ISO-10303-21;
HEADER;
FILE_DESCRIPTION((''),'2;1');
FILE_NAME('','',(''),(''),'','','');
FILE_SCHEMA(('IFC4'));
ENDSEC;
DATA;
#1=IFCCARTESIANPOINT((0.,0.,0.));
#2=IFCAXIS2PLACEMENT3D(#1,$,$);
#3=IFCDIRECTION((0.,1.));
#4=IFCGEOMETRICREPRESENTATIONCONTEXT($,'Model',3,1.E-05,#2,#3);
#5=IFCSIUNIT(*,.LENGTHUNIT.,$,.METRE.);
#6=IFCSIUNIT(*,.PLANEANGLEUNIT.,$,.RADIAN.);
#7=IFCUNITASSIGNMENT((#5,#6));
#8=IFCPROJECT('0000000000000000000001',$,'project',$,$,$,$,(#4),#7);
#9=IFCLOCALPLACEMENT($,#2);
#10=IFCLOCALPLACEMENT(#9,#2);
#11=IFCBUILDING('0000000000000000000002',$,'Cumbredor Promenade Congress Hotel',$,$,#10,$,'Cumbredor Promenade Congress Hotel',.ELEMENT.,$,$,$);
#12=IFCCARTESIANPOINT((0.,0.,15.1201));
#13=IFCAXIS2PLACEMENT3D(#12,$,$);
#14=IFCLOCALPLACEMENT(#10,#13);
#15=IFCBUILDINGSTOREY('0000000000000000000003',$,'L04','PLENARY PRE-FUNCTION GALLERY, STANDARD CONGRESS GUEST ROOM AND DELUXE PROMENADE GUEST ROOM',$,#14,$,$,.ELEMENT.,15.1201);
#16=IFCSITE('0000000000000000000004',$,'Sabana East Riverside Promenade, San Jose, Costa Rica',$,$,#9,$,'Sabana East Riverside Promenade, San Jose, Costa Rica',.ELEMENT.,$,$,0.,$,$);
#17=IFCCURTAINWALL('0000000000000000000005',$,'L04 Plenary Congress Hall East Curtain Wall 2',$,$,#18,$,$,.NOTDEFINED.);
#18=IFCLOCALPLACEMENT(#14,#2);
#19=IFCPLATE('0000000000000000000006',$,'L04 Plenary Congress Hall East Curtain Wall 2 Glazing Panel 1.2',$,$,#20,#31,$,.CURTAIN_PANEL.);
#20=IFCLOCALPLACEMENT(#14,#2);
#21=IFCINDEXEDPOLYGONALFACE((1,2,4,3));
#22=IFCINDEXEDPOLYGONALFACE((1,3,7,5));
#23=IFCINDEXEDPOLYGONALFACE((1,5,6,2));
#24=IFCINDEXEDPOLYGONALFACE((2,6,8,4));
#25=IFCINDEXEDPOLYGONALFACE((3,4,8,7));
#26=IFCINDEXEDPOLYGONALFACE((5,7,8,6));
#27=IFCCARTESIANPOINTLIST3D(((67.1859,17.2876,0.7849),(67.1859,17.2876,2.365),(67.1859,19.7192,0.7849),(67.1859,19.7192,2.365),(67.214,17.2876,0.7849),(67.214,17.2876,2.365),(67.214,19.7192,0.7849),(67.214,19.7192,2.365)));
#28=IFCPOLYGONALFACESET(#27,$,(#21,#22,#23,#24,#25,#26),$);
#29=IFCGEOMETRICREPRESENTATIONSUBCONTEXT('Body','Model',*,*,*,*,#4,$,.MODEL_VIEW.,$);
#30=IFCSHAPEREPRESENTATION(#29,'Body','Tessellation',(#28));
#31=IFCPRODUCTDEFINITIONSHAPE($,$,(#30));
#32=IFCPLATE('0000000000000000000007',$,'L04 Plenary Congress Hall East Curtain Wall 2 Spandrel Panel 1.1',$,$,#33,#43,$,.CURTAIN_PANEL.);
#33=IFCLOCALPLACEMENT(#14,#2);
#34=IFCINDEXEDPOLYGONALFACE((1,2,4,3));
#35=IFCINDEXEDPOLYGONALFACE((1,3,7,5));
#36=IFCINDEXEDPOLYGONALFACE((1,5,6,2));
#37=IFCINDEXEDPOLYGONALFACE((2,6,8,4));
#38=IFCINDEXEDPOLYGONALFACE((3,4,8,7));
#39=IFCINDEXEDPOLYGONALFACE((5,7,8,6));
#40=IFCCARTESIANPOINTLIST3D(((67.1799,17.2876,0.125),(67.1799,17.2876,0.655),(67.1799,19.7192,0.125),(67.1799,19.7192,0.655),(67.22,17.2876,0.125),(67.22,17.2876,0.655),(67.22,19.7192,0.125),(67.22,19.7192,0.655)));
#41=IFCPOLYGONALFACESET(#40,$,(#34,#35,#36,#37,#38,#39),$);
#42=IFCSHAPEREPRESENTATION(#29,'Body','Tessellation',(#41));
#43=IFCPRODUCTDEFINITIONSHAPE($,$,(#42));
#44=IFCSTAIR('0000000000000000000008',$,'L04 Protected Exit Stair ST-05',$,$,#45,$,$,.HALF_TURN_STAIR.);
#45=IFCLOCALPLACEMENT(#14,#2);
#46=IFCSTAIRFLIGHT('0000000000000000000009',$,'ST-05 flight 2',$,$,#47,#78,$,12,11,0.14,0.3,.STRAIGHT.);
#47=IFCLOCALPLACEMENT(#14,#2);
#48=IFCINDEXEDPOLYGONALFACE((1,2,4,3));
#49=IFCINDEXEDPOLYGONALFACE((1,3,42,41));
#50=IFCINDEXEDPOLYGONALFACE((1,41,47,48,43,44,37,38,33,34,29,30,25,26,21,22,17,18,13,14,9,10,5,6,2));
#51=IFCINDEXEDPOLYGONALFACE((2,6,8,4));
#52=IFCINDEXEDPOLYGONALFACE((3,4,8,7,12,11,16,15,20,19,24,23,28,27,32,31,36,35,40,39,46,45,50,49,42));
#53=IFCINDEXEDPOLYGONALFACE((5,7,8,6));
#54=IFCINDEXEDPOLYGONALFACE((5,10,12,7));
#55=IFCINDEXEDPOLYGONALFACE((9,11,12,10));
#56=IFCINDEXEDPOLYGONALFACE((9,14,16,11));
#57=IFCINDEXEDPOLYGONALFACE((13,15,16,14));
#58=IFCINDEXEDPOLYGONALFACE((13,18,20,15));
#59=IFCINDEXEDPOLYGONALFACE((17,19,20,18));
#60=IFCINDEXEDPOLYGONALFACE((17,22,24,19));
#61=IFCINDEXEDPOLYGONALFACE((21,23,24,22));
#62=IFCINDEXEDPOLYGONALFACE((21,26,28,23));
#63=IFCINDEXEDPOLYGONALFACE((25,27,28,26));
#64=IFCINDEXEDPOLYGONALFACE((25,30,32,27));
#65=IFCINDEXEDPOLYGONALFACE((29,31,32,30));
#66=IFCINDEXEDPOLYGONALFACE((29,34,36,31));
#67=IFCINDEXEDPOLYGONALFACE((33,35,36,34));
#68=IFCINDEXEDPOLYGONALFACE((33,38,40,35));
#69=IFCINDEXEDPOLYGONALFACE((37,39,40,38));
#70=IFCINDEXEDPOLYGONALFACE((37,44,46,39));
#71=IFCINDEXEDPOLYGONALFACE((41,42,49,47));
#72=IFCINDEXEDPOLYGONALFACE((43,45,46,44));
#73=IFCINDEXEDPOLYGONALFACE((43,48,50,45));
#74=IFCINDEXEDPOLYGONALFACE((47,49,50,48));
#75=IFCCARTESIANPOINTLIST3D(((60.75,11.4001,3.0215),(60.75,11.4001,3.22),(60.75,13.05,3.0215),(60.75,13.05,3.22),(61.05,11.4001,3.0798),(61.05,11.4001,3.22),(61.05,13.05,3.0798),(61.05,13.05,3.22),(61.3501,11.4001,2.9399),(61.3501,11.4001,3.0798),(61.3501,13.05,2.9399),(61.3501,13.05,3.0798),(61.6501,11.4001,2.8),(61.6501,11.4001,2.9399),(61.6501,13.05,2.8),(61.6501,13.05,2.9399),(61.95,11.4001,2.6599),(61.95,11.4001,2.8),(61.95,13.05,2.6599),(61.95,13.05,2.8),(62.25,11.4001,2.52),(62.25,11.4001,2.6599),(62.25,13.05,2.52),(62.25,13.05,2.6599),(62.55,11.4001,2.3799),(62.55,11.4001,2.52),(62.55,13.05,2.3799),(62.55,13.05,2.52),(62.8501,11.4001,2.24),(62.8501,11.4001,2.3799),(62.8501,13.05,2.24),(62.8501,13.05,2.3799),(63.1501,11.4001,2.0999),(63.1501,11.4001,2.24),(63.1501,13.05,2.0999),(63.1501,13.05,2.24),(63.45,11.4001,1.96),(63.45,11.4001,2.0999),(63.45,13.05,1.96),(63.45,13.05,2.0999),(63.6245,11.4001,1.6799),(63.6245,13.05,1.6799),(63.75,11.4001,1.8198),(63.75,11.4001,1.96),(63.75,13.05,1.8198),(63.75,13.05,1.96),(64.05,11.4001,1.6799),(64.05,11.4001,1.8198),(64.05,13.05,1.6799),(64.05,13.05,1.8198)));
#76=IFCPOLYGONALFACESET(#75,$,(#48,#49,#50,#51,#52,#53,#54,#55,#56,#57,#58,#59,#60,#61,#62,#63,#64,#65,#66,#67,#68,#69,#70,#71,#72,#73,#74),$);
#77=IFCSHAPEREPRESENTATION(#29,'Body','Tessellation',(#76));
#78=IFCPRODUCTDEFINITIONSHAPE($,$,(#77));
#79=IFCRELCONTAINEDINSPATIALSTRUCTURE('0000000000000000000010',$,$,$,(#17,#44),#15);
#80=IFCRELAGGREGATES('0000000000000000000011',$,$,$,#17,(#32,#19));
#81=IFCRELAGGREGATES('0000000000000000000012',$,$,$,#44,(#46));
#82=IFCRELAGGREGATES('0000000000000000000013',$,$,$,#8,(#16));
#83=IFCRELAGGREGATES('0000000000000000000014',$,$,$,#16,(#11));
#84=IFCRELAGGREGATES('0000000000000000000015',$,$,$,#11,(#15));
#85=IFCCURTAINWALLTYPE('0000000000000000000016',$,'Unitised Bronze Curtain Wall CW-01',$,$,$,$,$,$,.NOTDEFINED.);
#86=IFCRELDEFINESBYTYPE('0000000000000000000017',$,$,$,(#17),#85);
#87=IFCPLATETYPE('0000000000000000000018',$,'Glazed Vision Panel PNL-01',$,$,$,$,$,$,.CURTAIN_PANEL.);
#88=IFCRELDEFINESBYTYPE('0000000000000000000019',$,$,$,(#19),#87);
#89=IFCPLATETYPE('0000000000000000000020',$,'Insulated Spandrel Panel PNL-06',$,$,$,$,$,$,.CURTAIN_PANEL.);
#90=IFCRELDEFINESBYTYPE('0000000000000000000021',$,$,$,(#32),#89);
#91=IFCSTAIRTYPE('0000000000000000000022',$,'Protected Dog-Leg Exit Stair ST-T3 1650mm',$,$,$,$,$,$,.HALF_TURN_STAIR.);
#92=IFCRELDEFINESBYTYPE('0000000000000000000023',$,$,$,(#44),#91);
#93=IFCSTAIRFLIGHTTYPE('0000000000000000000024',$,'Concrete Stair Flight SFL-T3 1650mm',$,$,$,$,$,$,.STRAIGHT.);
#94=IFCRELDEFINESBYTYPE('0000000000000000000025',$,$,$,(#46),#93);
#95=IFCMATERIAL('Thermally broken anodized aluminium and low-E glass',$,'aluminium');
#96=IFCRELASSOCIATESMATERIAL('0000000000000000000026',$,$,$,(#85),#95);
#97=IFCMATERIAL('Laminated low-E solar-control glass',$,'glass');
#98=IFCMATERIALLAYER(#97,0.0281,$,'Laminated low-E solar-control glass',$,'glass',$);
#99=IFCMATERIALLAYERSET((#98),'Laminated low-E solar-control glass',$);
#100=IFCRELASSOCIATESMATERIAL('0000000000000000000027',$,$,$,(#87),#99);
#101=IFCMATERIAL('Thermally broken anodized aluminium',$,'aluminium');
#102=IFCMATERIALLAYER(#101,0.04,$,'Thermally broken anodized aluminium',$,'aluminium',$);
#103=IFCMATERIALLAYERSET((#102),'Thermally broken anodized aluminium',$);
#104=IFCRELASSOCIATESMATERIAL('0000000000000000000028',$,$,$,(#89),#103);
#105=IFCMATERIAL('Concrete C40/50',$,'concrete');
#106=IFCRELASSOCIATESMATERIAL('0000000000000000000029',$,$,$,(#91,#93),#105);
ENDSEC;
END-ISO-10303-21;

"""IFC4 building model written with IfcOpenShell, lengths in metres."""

from ifc_helpers import new_model, si_unit, direction, frame, origin, origin_2d, place, context, subcontext, project, spatial, polyline, rectangle, outline, extrude, material, layer, layer_set, type_object, element, aggregate, save


model = new_model("IFC4")

# Units and contexts
model_context = context("Model", 3, precision=1e-05, world=origin(), true_north=direction((0.0, 1.0)))
body_context = subcontext(model_context, "Body", "Model", "MODEL_VIEW")
ifc_project = project(units=[si_unit("LENGTHUNIT", "METRE"), si_unit("PLANEANGLEUNIT", "RADIAN")], contexts=[model_context])

# Site, building, storey
site_placement = place(None, origin())
site = spatial("IfcSite", under=ifc_project, at=site_placement, Name="Sabana East Riverside Promenade, San Jose, Costa Rica", LongName="Sabana East Riverside Promenade, San Jose, Costa Rica", CompositionType="ELEMENT", RefElevation=0.0)
building_placement = place(site_placement, origin())
building = spatial("IfcBuilding", under=site, at=building_placement, Name="Cumbredor Promenade Congress Hotel", LongName="Cumbredor Promenade Congress Hotel", CompositionType="ELEMENT")
storey_placement = place(building_placement, frame((0.0, 0.0, 15.1201)))
storey = spatial("IfcBuildingStorey", under=building, at=storey_placement, Name="L04", Description="PLENARY PRE-FUNCTION GALLERY, STANDARD CONGRESS GUEST ROOM AND DELUXE PROMENADE GUEST ROOM", CompositionType="ELEMENT", Elevation=15.1201)

# Curtain wall
ifc_material_1 = material(Name="Thermally broken anodized aluminium and low-E glass", Category="aluminium")
curtain_wall_type_1 = type_object("IfcCurtainWallType", Name="Unitised Bronze Curtain Wall CW-01", PredefinedType="NOTDEFINED", material=ifc_material_1)
curtain_wall_1_placement = place(storey_placement, origin())
curtain_wall_1 = element("IfcCurtainWall", 1, at=curtain_wall_1_placement, inside=storey, type_object=curtain_wall_type_1, Name="L04 Plenary Congress Hall East Curtain Wall 2", PredefinedType="NOTDEFINED")
ifc_material_2 = material(Name="Thermally broken anodized aluminium", Category="aluminium")

# Plates
ifc_material_3 = material(Name="Laminated low-E solar-control glass", Category="glass")
ifc_layer_1 = layer(ifc_material_3, 0.0281, Name="Laminated low-E solar-control glass", Category="glass")
ifc_layer_set_1 = layer_set([ifc_layer_1], Name="Laminated low-E solar-control glass")
plate_type_1 = type_object("IfcPlateType", Name="Glazed Vision Panel PNL-01", PredefinedType="CURTAIN_PANEL", material=ifc_layer_set_1)
plate_1_placement = place(storey_placement, frame((67.2, 18.5034, 0.7849), z_axis=(0.0, 0.0, 1.0), x_axis=(0.0, 1.0, 0.0)))
plate_1 = element("IfcPlate", 2, at=plate_1_placement, type_object=plate_type_1, Name="L04 Plenary Congress Hall East Curtain Wall 2 Glazing Panel 1.2", PredefinedType="CURTAIN_PANEL", context=body_context, shape_type="SweptSolid", body=[
    extrude(rectangle(XDim=2.4316, YDim=0.0281, at=origin_2d()), origin(), (0.0, 0.0, 1.0), 1.5801),
])
ifc_layer_2 = layer(ifc_material_2, 0.04, Name="Thermally broken anodized aluminium", Category="aluminium")
ifc_layer_set_2 = layer_set([ifc_layer_2], Name="Thermally broken anodized aluminium")
plate_type_2 = type_object("IfcPlateType", Name="Insulated Spandrel Panel PNL-06", PredefinedType="CURTAIN_PANEL", material=ifc_layer_set_2)
plate_2_placement = place(storey_placement, frame((67.2, 18.5034, 0.125), z_axis=(0.0, 0.0, 1.0), x_axis=(0.0, 1.0, 0.0)))
plate_2 = element("IfcPlate", 3, at=plate_2_placement, type_object=plate_type_2, Name="L04 Plenary Congress Hall East Curtain Wall 2 Spandrel Panel 1.1", PredefinedType="CURTAIN_PANEL", context=body_context, shape_type="SweptSolid", body=[
    extrude(rectangle(XDim=2.4316, YDim=0.04, at=origin_2d()), origin(), (0.0, 0.0, 1.0), 0.53),
])
aggregate(curtain_wall_1, [plate_2, plate_1])

# Stair, stair flight
ifc_material_4 = material(Name="Concrete C40/50", Category="concrete")
stair_type = type_object("IfcStairType", Name="Protected Dog-Leg Exit Stair ST-T3 1650mm", PredefinedType="HALF_TURN_STAIR", material=ifc_material_4)
stair_placement = place(storey_placement, origin())
stair = element("IfcStair", 4, at=stair_placement, inside=storey, type_object=stair_type, Name="L04 Protected Exit Stair ST-05", PredefinedType="HALF_TURN_STAIR")
stair_flight_type = type_object("IfcStairFlightType", Name="Concrete Stair Flight SFL-T3 1650mm", PredefinedType="STRAIGHT", material=ifc_material_4)
stair_flight_placement = place(storey_placement, frame((64.05, 12.2251, 1.6799), z_axis=(0.0, 0.0, 1.0), x_axis=(-1.0, 0.0, 0.0)))
stair_flight = element("IfcStairFlight", 5, at=stair_flight_placement, type_object=stair_flight_type, Name="ST-05 flight 2", NumberOfRisers=12, NumberOfTreads=11, PredefinedType="STRAIGHT", RiserHeight=0.14, TreadLength=0.3, context=body_context, shape_type="SweptSolid", body=[
    extrude(outline(polyline([(0.0, 0.0), (0.0, 0.1399), (0.3, 0.1399), (0.3, 0.28), (0.6001, 0.28), (0.6001, 0.4199), (0.8999, 0.4199), (0.8999, 0.5601), (1.2, 0.5601), (1.2, 0.7), (1.5, 0.7), (1.5, 0.8401), (1.8, 0.8401), (1.8, 0.98), (2.1001, 0.98), (2.1001, 1.1201), (2.3999, 1.1201), (2.3999, 1.26), (2.7, 1.26), (2.7, 1.3999), (3.0, 1.3999), (3.0, 1.54), (3.3, 1.54), (3.3, 1.6799), (3.3, 1.3416), (0.4255, 0.0), (0.0, 0.0)])), frame((0.0, 0.825, 0.0), z_axis=(0.0, -1.0, 0.0), x_axis=(1.0, 0.0, 0.0)), (0.0, 0.0, 1.0), 1.6499),
])
aggregate(stair, [stair_flight])

save(model, "model.ifc")
